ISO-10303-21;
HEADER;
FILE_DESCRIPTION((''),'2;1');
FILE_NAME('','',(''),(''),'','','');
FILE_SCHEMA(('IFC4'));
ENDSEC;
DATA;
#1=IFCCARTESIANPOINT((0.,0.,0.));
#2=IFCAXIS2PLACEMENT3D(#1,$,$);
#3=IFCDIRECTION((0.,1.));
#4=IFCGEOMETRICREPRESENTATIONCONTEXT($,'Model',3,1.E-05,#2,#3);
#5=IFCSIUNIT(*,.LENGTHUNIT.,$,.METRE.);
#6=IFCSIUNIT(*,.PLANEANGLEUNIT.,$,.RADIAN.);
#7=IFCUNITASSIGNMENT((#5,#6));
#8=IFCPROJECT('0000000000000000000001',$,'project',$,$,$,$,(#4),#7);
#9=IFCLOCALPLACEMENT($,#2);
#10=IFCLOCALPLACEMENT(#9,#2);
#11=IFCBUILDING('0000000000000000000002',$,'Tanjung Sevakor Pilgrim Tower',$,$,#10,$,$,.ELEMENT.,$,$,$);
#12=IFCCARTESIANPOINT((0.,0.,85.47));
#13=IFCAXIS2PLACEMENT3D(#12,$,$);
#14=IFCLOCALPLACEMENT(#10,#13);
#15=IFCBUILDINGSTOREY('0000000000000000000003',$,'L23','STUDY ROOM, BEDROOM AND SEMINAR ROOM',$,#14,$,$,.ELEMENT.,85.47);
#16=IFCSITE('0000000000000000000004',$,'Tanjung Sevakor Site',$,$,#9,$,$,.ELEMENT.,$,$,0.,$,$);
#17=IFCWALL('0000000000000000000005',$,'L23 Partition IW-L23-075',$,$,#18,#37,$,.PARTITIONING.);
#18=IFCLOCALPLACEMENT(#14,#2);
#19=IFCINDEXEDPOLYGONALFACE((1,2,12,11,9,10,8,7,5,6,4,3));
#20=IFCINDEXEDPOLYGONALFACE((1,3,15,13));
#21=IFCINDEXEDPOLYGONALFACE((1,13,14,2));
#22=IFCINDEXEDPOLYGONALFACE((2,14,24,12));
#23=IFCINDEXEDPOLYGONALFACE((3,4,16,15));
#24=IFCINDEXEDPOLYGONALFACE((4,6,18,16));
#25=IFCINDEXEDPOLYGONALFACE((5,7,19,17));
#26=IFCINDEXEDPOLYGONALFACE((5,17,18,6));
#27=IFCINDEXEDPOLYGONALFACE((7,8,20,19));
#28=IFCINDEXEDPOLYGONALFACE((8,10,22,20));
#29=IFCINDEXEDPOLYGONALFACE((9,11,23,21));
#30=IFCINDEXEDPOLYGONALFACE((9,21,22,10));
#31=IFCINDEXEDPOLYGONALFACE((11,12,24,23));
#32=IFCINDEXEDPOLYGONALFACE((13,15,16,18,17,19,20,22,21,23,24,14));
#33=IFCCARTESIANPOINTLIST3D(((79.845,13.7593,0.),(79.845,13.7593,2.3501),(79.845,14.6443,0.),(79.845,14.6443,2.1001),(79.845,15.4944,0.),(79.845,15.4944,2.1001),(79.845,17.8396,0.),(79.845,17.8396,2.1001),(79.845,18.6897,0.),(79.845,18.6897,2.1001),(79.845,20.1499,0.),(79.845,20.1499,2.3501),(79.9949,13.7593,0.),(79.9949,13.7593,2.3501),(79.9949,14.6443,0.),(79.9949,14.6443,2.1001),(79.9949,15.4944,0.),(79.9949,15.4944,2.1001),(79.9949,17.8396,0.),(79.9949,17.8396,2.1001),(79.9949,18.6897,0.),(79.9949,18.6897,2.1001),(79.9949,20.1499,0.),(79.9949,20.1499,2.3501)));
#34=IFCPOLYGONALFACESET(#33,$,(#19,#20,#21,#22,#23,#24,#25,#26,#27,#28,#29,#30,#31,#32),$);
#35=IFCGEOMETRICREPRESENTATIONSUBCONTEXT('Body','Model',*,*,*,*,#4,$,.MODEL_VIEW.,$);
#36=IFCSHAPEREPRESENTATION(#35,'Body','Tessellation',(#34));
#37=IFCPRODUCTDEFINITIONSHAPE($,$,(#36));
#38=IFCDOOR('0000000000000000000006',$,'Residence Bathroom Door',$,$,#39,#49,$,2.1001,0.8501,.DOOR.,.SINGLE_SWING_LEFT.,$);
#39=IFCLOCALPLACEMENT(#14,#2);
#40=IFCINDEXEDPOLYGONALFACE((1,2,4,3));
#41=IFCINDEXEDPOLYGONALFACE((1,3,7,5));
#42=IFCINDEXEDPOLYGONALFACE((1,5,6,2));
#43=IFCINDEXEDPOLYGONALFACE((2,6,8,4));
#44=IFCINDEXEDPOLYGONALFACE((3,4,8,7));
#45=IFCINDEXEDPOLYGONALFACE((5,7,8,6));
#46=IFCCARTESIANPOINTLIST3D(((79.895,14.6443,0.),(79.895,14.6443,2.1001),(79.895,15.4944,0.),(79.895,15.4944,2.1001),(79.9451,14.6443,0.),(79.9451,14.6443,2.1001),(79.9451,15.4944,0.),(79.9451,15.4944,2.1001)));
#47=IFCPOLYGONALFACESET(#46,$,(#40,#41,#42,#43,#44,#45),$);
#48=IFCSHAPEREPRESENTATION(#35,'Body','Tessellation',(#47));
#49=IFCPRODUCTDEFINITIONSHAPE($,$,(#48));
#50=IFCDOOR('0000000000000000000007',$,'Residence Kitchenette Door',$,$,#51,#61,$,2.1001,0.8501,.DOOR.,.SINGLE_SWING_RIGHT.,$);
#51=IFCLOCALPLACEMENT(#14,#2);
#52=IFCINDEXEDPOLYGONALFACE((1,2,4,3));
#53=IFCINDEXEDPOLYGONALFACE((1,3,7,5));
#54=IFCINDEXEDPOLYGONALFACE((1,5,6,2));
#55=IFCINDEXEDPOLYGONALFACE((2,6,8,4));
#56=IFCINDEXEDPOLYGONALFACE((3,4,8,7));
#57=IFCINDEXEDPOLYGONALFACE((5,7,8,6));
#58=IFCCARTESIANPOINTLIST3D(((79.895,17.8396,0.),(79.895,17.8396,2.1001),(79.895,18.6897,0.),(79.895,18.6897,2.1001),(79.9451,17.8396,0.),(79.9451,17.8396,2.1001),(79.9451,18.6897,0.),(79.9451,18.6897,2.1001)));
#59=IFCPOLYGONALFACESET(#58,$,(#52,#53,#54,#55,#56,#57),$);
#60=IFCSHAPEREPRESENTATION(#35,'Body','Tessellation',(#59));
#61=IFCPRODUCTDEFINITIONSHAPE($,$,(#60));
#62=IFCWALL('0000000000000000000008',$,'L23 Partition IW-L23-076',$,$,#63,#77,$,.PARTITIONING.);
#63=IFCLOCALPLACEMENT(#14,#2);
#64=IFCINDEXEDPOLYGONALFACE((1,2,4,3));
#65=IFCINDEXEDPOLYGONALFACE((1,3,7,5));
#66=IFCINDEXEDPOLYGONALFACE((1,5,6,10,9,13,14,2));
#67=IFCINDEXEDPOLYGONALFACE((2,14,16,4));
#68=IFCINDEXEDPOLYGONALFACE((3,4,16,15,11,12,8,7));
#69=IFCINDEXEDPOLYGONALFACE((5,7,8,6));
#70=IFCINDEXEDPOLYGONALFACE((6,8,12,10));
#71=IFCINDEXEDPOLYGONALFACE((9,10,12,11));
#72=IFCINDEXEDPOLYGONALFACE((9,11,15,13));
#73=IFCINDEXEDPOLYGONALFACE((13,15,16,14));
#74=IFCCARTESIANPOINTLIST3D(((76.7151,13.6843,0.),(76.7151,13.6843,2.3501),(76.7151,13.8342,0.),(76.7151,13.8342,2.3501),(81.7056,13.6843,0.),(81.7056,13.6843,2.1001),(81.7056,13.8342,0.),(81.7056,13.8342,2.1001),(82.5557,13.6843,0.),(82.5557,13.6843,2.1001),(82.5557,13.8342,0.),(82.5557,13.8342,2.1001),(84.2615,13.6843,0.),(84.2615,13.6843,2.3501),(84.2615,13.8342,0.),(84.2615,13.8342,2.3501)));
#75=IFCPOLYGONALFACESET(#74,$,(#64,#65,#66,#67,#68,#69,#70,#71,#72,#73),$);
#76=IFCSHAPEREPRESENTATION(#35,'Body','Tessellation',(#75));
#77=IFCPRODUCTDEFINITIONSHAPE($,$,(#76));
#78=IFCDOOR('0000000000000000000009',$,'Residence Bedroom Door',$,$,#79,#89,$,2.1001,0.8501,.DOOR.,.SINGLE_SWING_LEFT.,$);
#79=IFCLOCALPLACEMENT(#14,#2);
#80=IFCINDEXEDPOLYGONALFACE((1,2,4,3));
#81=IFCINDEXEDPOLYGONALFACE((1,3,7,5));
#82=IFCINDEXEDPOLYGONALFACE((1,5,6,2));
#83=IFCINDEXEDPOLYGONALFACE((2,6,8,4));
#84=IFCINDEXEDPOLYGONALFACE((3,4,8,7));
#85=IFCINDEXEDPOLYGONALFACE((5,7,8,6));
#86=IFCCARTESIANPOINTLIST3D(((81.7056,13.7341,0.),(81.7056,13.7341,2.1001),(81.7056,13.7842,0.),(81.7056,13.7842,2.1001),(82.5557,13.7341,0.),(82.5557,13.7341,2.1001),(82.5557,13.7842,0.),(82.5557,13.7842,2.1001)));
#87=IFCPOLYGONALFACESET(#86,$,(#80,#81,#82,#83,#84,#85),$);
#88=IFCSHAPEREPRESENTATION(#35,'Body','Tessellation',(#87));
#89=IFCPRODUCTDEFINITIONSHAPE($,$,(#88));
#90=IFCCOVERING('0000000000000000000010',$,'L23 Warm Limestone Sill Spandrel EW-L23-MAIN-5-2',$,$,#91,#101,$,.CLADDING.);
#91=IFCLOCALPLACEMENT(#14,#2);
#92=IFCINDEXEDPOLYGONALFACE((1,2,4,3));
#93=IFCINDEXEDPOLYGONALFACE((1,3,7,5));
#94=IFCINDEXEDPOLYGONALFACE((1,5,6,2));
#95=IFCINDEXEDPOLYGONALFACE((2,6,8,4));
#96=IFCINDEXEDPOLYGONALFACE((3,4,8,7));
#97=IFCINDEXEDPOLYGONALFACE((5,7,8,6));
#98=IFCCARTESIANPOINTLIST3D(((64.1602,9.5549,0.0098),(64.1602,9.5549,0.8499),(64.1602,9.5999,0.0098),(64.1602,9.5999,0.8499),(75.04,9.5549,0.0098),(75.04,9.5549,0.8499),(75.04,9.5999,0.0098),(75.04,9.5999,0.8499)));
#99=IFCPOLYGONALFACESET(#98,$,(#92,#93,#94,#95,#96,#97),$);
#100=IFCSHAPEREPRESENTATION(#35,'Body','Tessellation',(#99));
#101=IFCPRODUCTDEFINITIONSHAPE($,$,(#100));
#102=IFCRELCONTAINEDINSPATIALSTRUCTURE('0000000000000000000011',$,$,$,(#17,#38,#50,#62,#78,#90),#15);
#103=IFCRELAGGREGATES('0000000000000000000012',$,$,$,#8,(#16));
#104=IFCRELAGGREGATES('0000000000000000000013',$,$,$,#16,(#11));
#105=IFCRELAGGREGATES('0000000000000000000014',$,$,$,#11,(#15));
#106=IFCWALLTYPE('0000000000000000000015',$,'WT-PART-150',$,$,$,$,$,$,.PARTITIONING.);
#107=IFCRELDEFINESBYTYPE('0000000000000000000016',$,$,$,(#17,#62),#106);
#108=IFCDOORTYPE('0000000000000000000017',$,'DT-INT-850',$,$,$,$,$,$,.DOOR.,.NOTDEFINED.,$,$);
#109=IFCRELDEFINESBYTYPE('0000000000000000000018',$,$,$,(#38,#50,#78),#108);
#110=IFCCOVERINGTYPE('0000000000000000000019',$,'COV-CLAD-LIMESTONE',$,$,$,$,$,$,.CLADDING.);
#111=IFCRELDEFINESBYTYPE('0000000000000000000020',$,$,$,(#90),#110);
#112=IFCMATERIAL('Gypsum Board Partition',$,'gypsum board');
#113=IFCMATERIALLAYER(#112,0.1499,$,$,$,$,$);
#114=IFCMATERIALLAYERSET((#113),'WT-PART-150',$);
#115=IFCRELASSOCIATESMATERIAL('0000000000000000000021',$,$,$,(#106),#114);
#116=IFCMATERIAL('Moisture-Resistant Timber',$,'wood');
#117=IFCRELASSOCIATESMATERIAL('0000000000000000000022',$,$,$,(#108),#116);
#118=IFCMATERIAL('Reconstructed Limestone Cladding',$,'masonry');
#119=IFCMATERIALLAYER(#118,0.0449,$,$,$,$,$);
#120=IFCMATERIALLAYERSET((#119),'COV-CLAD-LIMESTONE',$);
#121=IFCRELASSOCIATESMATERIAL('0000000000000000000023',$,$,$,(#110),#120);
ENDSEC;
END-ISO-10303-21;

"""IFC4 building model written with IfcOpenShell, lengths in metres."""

from ifc_helpers import new_model, si_unit, direction, frame, frame_2d, origin, origin_2d, place, context, subcontext, project, spatial, rectangle, extrude, material, layer, layer_set, type_object, element, fill, save


model = new_model("IFC4")

# Units and contexts
model_context = context("Model", 3, precision=1e-05, world=origin(), true_north=direction((0.0, 1.0)))
body_context = subcontext(model_context, "Body", "Model", "MODEL_VIEW")
ifc_project = project(units=[si_unit("LENGTHUNIT", "METRE"), si_unit("PLANEANGLEUNIT", "RADIAN")], contexts=[model_context])

# Site, building, storey
site_placement = place(None, origin())
site = spatial("IfcSite", under=ifc_project, at=site_placement, Name="Tanjung Sevakor Site", CompositionType="ELEMENT", RefElevation=0.0)
building_placement = place(site_placement, origin())
building = spatial("IfcBuilding", under=site, at=building_placement, Name="Tanjung Sevakor Pilgrim Tower", CompositionType="ELEMENT")
storey_placement = place(building_placement, frame((0.0, 0.0, 85.47)))
storey = spatial("IfcBuildingStorey", under=building, at=storey_placement, Name="L23", Description="STUDY ROOM, BEDROOM AND SEMINAR ROOM", CompositionType="ELEMENT", Elevation=85.47)

# Shared definitions
ifc_material_1 = material(Name="Gypsum Board Partition", Category="gypsum board")
ifc_layer_1 = layer(ifc_material_1, 0.1499)
ifc_layer_set_1 = layer_set([ifc_layer_1], Name="WT-PART-150")
wall_type_1 = type_object("IfcWallType", Name="WT-PART-150", PredefinedType="PARTITIONING", material=ifc_layer_set_1)

# Wall, openings, doors
wall_1_placement = place(storey_placement, frame((79.9199, 13.7593, 0.0), z_axis=(0.0, 0.0, 1.0), x_axis=(0.0, 1.0, 0.0)))
wall_1 = element("IfcWall", 1, at=wall_1_placement, inside=storey, type_object=wall_type_1, Name="L23 Partition IW-L23-075", PredefinedType="PARTITIONING", context=body_context, shape_type="SweptSolid", body=[
    extrude(rectangle(XDim=6.3906, YDim=0.1499, at=frame_2d((3.1953, 0.0))), origin(), (0.0, 0.0, 1.0), 2.3501),
])
opening_1_placement = place(wall_1_placement, frame((0.885, 0.0, 0.0)))
opening_1 = element("IfcOpeningElement", 2, at=opening_1_placement, cuts=wall_1, PredefinedType="OPENING", context=body_context, shape_type="SweptSolid", body=[
    extrude(rectangle(XDim=0.8501, YDim=2.1001, at=frame_2d((0.425, 1.05))), frame((0.0, 0.085, 0.0), z_axis=(0.0, -1.0, 0.0), x_axis=(1.0, 0.0, 0.0)), (0.0, 0.0, 1.0), 0.1699),
])
opening_2_placement = place(wall_1_placement, frame((4.0803, 0.0, 0.0)))
opening_2 = element("IfcOpeningElement", 3, at=opening_2_placement, cuts=wall_1, PredefinedType="OPENING", context=body_context, shape_type="SweptSolid", body=[
    extrude(rectangle(XDim=0.8501, YDim=2.1001, at=frame_2d((0.425, 1.05))), frame((0.0, 0.085, 0.0), z_axis=(0.0, -1.0, 0.0), x_axis=(1.0, 0.0, 0.0)), (0.0, 0.0, 1.0), 0.1699),
])
ifc_material_2 = material(Name="Moisture-Resistant Timber", Category="wood")
door_type_1 = type_object("IfcDoorType", Name="DT-INT-850", OperationType="NOTDEFINED", PredefinedType="DOOR", material=ifc_material_2)
door_1_placement = place(opening_1_placement, origin())
door_1 = element("IfcDoor", 4, at=door_1_placement, inside=storey, type_object=door_type_1, Name="Residence Bathroom Door", OperationType="SINGLE_SWING_LEFT", OverallHeight=2.1001, OverallWidth=0.8501, PredefinedType="DOOR", context=body_context, shape_type="SweptSolid", body=[
    extrude(rectangle(XDim=0.8501, YDim=2.1001, at=frame_2d((0.425, 1.05))), frame((0.0, 0.0249, 0.0), z_axis=(0.0, -1.0, 0.0), x_axis=(1.0, 0.0, 0.0)), (0.0, 0.0, 1.0), 0.05),
])
fill(opening_1, door_1)
door_2_placement = place(opening_2_placement, origin())
door_2 = element("IfcDoor", 5, at=door_2_placement, inside=storey, type_object=door_type_1, Name="Residence Kitchenette Door", OperationType="SINGLE_SWING_RIGHT", OverallHeight=2.1001, OverallWidth=0.8501, PredefinedType="DOOR", context=body_context, shape_type="SweptSolid", body=[
    extrude(rectangle(XDim=0.8501, YDim=2.1001, at=frame_2d((0.425, 1.05))), frame((0.0, 0.0249, 0.0), z_axis=(0.0, -1.0, 0.0), x_axis=(1.0, 0.0, 0.0)), (0.0, 0.0, 1.0), 0.05),
])
fill(opening_2, door_2)

# Wall, opening, door
wall_2_placement = place(storey_placement, frame((76.7151, 13.7593, 0.0), z_axis=(0.0, 0.0, 1.0), x_axis=(1.0, 0.0, 0.0)))
wall_2 = element("IfcWall", 6, at=wall_2_placement, inside=storey, type_object=wall_type_1, Name="L23 Partition IW-L23-076", PredefinedType="PARTITIONING", context=body_context, shape_type="SweptSolid", body=[
    extrude(rectangle(XDim=7.5464, YDim=0.1499, at=frame_2d((3.7732, 0.0))), origin(), (0.0, 0.0, 1.0), 2.3501),
])
opening_3_placement = place(wall_2_placement, frame((4.9905, 0.0, 0.0)))
opening_3 = element("IfcOpeningElement", 7, at=opening_3_placement, cuts=wall_2, PredefinedType="OPENING", context=body_context, shape_type="SweptSolid", body=[
    extrude(rectangle(XDim=0.8501, YDim=2.1001, at=frame_2d((0.425, 1.05))), frame((0.0, 0.085, 0.0), z_axis=(0.0, -1.0, 0.0), x_axis=(1.0, 0.0, 0.0)), (0.0, 0.0, 1.0), 0.1699),
])
door_3_placement = place(opening_3_placement, origin())
door_3 = element("IfcDoor", 8, at=door_3_placement, inside=storey, type_object=door_type_1, Name="Residence Bedroom Door", OperationType="SINGLE_SWING_LEFT", OverallHeight=2.1001, OverallWidth=0.8501, PredefinedType="DOOR", context=body_context, shape_type="SweptSolid", body=[
    extrude(rectangle(XDim=0.8501, YDim=2.1001, at=frame_2d((0.425, 1.05))), frame((0.0, 0.0249, 0.0), z_axis=(0.0, -1.0, 0.0), x_axis=(1.0, 0.0, 0.0)), (0.0, 0.0, 1.0), 0.05),
])
fill(opening_3, door_3)

# Covering
ifc_material_3 = material(Name="Reconstructed Limestone Cladding", Category="masonry")
ifc_layer_2 = layer(ifc_material_3, 0.0449)
ifc_layer_set_2 = layer_set([ifc_layer_2], Name="COV-CLAD-LIMESTONE")
covering_type = type_object("IfcCoveringType", Name="COV-CLAD-LIMESTONE", PredefinedType="CLADDING", material=ifc_layer_set_2)
covering_placement = place(storey_placement, frame((69.6001, 9.5774, 0.0098), z_axis=(0.0, 0.0, 1.0), x_axis=(1.0, 0.0, 0.0)))
element("IfcCovering", 9, at=covering_placement, inside=storey, type_object=covering_type, Name="L23 Warm Limestone Sill Spandrel EW-L23-MAIN-5-2", PredefinedType="CLADDING", context=body_context, shape_type="SweptSolid", body=[
    extrude(rectangle(XDim=10.8799, YDim=0.0449, at=origin_2d()), origin(), (0.0, 0.0, 1.0), 0.8401),
])

save(model, "model.ifc")
